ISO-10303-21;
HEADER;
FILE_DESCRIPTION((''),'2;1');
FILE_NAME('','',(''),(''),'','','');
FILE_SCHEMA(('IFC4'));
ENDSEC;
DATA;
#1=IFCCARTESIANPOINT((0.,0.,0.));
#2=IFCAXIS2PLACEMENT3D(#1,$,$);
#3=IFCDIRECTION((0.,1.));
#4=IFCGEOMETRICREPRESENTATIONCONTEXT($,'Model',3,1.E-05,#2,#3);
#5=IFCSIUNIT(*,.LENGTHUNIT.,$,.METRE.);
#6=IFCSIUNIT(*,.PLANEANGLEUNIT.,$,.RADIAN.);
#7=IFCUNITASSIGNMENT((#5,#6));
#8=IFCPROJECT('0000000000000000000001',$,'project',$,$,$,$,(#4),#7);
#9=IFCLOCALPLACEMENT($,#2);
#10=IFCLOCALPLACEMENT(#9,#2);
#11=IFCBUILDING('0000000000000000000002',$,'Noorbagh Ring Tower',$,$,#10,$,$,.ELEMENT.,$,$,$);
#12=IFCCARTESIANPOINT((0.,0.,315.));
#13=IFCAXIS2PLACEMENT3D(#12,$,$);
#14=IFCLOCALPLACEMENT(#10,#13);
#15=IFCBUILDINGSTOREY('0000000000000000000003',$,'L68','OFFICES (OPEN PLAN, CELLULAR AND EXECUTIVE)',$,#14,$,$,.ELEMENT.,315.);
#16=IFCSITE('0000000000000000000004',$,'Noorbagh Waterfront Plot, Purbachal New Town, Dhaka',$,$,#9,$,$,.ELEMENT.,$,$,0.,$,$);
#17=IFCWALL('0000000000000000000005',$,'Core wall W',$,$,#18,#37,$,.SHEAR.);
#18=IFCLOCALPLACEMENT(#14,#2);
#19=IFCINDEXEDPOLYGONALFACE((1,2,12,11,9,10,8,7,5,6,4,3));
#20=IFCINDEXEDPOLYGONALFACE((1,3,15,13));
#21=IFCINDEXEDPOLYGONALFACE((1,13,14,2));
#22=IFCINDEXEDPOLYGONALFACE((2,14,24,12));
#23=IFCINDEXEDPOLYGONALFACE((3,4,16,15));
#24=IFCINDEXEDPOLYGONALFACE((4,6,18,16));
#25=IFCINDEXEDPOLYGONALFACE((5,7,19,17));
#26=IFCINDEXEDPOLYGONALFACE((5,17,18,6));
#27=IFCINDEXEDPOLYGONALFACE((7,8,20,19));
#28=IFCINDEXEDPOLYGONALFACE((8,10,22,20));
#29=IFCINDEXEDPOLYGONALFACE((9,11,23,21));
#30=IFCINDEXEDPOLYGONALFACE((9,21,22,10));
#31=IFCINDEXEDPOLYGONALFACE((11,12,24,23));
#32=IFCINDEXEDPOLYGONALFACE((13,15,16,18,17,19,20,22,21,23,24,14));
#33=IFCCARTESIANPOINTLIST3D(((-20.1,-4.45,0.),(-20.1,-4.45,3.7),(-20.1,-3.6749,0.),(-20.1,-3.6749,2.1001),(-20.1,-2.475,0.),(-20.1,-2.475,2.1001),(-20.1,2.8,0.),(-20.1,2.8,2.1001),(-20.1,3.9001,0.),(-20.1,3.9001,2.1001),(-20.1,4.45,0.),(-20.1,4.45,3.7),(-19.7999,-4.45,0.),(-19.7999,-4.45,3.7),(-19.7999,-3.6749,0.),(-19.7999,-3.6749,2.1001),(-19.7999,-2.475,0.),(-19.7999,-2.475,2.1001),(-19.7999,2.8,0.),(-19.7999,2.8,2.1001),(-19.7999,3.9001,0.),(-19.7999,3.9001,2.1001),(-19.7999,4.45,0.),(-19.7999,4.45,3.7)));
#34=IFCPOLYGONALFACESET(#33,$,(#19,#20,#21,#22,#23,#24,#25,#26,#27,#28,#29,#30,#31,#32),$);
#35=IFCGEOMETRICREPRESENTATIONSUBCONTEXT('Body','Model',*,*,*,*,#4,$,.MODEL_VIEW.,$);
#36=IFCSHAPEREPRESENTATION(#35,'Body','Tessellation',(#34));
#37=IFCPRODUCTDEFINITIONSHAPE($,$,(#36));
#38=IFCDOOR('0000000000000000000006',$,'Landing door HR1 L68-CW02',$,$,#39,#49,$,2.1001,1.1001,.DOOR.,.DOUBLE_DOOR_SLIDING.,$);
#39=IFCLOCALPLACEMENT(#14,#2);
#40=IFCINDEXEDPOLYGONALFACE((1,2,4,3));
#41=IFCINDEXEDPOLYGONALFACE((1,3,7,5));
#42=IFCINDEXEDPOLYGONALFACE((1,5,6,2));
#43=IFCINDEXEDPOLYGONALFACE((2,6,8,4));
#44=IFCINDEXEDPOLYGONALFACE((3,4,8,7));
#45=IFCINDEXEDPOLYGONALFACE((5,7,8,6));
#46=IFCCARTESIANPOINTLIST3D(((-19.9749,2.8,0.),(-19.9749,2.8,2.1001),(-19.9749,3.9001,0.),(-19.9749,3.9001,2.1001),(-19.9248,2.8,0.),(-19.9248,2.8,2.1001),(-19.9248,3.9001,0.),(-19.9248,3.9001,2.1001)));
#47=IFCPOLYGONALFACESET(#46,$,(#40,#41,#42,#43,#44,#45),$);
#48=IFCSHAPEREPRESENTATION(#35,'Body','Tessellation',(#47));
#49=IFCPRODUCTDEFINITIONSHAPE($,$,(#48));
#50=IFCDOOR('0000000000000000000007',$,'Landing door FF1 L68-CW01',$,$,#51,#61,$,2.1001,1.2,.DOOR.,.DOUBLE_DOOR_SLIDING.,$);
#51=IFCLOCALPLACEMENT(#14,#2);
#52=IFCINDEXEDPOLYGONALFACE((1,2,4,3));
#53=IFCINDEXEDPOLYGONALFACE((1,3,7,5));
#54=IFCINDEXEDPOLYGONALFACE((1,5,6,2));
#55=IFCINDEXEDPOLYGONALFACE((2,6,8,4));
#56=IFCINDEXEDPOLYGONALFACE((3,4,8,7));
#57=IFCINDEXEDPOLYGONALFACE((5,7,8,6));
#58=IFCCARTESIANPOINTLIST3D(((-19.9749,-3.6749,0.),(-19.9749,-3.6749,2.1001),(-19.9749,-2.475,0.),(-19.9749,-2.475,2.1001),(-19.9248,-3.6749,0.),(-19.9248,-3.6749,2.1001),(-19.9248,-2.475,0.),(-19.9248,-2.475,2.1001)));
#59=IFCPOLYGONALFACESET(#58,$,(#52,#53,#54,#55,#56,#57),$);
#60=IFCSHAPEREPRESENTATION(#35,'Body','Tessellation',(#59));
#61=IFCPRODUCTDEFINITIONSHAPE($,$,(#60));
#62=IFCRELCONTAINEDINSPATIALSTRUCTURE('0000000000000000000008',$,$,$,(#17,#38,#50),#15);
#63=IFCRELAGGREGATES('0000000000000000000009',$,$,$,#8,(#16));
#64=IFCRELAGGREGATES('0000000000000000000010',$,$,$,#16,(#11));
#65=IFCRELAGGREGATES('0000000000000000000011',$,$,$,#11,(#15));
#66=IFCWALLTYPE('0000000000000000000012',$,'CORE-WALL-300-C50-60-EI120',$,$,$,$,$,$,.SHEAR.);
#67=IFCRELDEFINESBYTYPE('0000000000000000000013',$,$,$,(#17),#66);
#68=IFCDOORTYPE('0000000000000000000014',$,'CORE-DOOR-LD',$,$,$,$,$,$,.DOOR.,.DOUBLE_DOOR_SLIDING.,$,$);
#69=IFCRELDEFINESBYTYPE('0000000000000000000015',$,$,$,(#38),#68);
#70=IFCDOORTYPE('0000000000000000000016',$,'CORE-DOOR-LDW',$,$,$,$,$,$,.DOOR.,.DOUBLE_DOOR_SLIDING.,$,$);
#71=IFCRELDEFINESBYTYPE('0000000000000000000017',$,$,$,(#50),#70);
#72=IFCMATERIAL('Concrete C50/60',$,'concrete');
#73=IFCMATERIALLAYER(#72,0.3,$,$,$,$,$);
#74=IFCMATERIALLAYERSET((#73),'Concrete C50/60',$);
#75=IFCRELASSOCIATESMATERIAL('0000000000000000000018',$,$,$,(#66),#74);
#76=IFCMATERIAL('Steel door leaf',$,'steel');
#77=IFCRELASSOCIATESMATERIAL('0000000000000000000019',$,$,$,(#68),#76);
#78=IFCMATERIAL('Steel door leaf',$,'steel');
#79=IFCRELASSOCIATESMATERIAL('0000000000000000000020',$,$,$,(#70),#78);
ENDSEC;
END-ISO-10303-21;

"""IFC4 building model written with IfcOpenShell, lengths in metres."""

from ifc_helpers import new_model, si_unit, direction, frame, frame_2d, origin, place, context, subcontext, project, spatial, rectangle, extrude, material, layer, layer_set, type_object, element, fill, save


model = new_model("IFC4")

# Units and contexts
model_context = context("Model", 3, precision=1e-05, world=origin(), true_north=direction((0.0, 1.0)))
body_context = subcontext(model_context, "Body", "Model", "MODEL_VIEW")
ifc_project = project(units=[si_unit("LENGTHUNIT", "METRE"), si_unit("PLANEANGLEUNIT", "RADIAN")], contexts=[model_context])

# Site, building, storey
site_placement = place(None, origin())
site = spatial("IfcSite", under=ifc_project, at=site_placement, Name="Noorbagh Waterfront Plot, Purbachal New Town, Dhaka", CompositionType="ELEMENT", RefElevation=0.0)
building_placement = place(site_placement, origin())
building = spatial("IfcBuilding", under=site, at=building_placement, Name="Noorbagh Ring Tower", CompositionType="ELEMENT")
storey_placement = place(building_placement, frame((0.0, 0.0, 315.0)))
storey = spatial("IfcBuildingStorey", under=building, at=storey_placement, Name="L68", Description="OFFICES (OPEN PLAN, CELLULAR AND EXECUTIVE)", CompositionType="ELEMENT", Elevation=315.0)

# Shared definitions
ifc_material_1 = material(Name="Concrete C50/60", Category="concrete")
ifc_layer_1 = layer(ifc_material_1, 0.3)
ifc_layer_set_1 = layer_set([ifc_layer_1], Name="Concrete C50/60")
wall_type_1 = type_object("IfcWallType", Name="CORE-WALL-300-C50-60-EI120", PredefinedType="SHEAR", material=ifc_layer_set_1)

# Wall, openings, doors
wall_1_placement = place(storey_placement, frame((-19.95, -4.45, 0.0), z_axis=(0.0, 0.0, 1.0), x_axis=(0.0, 1.0, 0.0)))
wall_1 = element("IfcWall", 1, at=wall_1_placement, inside=storey, type_object=wall_type_1, Name="Core wall W", PredefinedType="SHEAR", context=body_context, shape_type="SweptSolid", body=[
    extrude(rectangle(XDim=8.8999, YDim=0.3, at=frame_2d((4.45, 0.0))), origin(), (0.0, 0.0, 1.0), 3.7),
])
opening_1_placement = place(wall_1_placement, frame((0.7749, 0.0, 0.0)))
opening_1 = element("IfcOpeningElement", 2, at=opening_1_placement, cuts=wall_1, PredefinedType="OPENING", context=body_context, shape_type="SweptSolid", body=[
    extrude(rectangle(XDim=1.2, YDim=2.1001, at=frame_2d((0.6001, 1.05))), frame((0.0, 0.1602, 0.0), z_axis=(0.0, -1.0, 0.0), x_axis=(1.0, 0.0, 0.0)), (0.0, 0.0, 1.0), 0.3201),
])
opening_2_placement = place(wall_1_placement, frame((7.25, 0.0, 0.0)))
opening_2 = element("IfcOpeningElement", 3, at=opening_2_placement, cuts=wall_1, PredefinedType="OPENING", context=body_context, shape_type="SweptSolid", body=[
    extrude(rectangle(XDim=1.1001, YDim=2.1001, at=frame_2d((0.55, 1.05))), frame((0.0, 0.1602, 0.0), z_axis=(0.0, -1.0, 0.0), x_axis=(1.0, 0.0, 0.0)), (0.0, 0.0, 1.0), 0.3201),
])
ifc_material_2 = material(Name="Steel door leaf", Category="steel")
door_type_1 = type_object("IfcDoorType", Name="CORE-DOOR-LD", OperationType="DOUBLE_DOOR_SLIDING", PredefinedType="DOOR", material=ifc_material_2)
door_1_placement = place(opening_2_placement, origin())
door_1 = element("IfcDoor", 4, at=door_1_placement, inside=storey, type_object=door_type_1, Name="Landing door HR1 L68-CW02", OperationType="DOUBLE_DOOR_SLIDING", OverallHeight=2.1001, OverallWidth=1.1001, PredefinedType="DOOR", context=body_context, shape_type="SweptSolid", body=[
    extrude(rectangle(XDim=1.1001, YDim=2.1001, at=frame_2d((0.55, 1.05))), frame((0.0, 0.0249, 0.0), z_axis=(0.0, -1.0, 0.0), x_axis=(1.0, 0.0, 0.0)), (0.0, 0.0, 1.0), 0.05),
])
fill(opening_2, door_1)
ifc_material_3 = material(Name="Steel door leaf", Category="steel")
door_type_2 = type_object("IfcDoorType", Name="CORE-DOOR-LDW", OperationType="DOUBLE_DOOR_SLIDING", PredefinedType="DOOR", material=ifc_material_3)
door_2_placement = place(opening_1_placement, origin())
door_2 = element("IfcDoor", 5, at=door_2_placement, inside=storey, type_object=door_type_2, Name="Landing door FF1 L68-CW01", OperationType="DOUBLE_DOOR_SLIDING", OverallHeight=2.1001, OverallWidth=1.2, PredefinedType="DOOR", context=body_context, shape_type="SweptSolid", body=[
    extrude(rectangle(XDim=1.2, YDim=2.1001, at=frame_2d((0.6001, 1.05))), frame((0.0, 0.0249, 0.0), z_axis=(0.0, -1.0, 0.0), x_axis=(1.0, 0.0, 0.0)), (0.0, 0.0, 1.0), 0.05),
])
fill(opening_1, door_2)

save(model, "model.ifc")
